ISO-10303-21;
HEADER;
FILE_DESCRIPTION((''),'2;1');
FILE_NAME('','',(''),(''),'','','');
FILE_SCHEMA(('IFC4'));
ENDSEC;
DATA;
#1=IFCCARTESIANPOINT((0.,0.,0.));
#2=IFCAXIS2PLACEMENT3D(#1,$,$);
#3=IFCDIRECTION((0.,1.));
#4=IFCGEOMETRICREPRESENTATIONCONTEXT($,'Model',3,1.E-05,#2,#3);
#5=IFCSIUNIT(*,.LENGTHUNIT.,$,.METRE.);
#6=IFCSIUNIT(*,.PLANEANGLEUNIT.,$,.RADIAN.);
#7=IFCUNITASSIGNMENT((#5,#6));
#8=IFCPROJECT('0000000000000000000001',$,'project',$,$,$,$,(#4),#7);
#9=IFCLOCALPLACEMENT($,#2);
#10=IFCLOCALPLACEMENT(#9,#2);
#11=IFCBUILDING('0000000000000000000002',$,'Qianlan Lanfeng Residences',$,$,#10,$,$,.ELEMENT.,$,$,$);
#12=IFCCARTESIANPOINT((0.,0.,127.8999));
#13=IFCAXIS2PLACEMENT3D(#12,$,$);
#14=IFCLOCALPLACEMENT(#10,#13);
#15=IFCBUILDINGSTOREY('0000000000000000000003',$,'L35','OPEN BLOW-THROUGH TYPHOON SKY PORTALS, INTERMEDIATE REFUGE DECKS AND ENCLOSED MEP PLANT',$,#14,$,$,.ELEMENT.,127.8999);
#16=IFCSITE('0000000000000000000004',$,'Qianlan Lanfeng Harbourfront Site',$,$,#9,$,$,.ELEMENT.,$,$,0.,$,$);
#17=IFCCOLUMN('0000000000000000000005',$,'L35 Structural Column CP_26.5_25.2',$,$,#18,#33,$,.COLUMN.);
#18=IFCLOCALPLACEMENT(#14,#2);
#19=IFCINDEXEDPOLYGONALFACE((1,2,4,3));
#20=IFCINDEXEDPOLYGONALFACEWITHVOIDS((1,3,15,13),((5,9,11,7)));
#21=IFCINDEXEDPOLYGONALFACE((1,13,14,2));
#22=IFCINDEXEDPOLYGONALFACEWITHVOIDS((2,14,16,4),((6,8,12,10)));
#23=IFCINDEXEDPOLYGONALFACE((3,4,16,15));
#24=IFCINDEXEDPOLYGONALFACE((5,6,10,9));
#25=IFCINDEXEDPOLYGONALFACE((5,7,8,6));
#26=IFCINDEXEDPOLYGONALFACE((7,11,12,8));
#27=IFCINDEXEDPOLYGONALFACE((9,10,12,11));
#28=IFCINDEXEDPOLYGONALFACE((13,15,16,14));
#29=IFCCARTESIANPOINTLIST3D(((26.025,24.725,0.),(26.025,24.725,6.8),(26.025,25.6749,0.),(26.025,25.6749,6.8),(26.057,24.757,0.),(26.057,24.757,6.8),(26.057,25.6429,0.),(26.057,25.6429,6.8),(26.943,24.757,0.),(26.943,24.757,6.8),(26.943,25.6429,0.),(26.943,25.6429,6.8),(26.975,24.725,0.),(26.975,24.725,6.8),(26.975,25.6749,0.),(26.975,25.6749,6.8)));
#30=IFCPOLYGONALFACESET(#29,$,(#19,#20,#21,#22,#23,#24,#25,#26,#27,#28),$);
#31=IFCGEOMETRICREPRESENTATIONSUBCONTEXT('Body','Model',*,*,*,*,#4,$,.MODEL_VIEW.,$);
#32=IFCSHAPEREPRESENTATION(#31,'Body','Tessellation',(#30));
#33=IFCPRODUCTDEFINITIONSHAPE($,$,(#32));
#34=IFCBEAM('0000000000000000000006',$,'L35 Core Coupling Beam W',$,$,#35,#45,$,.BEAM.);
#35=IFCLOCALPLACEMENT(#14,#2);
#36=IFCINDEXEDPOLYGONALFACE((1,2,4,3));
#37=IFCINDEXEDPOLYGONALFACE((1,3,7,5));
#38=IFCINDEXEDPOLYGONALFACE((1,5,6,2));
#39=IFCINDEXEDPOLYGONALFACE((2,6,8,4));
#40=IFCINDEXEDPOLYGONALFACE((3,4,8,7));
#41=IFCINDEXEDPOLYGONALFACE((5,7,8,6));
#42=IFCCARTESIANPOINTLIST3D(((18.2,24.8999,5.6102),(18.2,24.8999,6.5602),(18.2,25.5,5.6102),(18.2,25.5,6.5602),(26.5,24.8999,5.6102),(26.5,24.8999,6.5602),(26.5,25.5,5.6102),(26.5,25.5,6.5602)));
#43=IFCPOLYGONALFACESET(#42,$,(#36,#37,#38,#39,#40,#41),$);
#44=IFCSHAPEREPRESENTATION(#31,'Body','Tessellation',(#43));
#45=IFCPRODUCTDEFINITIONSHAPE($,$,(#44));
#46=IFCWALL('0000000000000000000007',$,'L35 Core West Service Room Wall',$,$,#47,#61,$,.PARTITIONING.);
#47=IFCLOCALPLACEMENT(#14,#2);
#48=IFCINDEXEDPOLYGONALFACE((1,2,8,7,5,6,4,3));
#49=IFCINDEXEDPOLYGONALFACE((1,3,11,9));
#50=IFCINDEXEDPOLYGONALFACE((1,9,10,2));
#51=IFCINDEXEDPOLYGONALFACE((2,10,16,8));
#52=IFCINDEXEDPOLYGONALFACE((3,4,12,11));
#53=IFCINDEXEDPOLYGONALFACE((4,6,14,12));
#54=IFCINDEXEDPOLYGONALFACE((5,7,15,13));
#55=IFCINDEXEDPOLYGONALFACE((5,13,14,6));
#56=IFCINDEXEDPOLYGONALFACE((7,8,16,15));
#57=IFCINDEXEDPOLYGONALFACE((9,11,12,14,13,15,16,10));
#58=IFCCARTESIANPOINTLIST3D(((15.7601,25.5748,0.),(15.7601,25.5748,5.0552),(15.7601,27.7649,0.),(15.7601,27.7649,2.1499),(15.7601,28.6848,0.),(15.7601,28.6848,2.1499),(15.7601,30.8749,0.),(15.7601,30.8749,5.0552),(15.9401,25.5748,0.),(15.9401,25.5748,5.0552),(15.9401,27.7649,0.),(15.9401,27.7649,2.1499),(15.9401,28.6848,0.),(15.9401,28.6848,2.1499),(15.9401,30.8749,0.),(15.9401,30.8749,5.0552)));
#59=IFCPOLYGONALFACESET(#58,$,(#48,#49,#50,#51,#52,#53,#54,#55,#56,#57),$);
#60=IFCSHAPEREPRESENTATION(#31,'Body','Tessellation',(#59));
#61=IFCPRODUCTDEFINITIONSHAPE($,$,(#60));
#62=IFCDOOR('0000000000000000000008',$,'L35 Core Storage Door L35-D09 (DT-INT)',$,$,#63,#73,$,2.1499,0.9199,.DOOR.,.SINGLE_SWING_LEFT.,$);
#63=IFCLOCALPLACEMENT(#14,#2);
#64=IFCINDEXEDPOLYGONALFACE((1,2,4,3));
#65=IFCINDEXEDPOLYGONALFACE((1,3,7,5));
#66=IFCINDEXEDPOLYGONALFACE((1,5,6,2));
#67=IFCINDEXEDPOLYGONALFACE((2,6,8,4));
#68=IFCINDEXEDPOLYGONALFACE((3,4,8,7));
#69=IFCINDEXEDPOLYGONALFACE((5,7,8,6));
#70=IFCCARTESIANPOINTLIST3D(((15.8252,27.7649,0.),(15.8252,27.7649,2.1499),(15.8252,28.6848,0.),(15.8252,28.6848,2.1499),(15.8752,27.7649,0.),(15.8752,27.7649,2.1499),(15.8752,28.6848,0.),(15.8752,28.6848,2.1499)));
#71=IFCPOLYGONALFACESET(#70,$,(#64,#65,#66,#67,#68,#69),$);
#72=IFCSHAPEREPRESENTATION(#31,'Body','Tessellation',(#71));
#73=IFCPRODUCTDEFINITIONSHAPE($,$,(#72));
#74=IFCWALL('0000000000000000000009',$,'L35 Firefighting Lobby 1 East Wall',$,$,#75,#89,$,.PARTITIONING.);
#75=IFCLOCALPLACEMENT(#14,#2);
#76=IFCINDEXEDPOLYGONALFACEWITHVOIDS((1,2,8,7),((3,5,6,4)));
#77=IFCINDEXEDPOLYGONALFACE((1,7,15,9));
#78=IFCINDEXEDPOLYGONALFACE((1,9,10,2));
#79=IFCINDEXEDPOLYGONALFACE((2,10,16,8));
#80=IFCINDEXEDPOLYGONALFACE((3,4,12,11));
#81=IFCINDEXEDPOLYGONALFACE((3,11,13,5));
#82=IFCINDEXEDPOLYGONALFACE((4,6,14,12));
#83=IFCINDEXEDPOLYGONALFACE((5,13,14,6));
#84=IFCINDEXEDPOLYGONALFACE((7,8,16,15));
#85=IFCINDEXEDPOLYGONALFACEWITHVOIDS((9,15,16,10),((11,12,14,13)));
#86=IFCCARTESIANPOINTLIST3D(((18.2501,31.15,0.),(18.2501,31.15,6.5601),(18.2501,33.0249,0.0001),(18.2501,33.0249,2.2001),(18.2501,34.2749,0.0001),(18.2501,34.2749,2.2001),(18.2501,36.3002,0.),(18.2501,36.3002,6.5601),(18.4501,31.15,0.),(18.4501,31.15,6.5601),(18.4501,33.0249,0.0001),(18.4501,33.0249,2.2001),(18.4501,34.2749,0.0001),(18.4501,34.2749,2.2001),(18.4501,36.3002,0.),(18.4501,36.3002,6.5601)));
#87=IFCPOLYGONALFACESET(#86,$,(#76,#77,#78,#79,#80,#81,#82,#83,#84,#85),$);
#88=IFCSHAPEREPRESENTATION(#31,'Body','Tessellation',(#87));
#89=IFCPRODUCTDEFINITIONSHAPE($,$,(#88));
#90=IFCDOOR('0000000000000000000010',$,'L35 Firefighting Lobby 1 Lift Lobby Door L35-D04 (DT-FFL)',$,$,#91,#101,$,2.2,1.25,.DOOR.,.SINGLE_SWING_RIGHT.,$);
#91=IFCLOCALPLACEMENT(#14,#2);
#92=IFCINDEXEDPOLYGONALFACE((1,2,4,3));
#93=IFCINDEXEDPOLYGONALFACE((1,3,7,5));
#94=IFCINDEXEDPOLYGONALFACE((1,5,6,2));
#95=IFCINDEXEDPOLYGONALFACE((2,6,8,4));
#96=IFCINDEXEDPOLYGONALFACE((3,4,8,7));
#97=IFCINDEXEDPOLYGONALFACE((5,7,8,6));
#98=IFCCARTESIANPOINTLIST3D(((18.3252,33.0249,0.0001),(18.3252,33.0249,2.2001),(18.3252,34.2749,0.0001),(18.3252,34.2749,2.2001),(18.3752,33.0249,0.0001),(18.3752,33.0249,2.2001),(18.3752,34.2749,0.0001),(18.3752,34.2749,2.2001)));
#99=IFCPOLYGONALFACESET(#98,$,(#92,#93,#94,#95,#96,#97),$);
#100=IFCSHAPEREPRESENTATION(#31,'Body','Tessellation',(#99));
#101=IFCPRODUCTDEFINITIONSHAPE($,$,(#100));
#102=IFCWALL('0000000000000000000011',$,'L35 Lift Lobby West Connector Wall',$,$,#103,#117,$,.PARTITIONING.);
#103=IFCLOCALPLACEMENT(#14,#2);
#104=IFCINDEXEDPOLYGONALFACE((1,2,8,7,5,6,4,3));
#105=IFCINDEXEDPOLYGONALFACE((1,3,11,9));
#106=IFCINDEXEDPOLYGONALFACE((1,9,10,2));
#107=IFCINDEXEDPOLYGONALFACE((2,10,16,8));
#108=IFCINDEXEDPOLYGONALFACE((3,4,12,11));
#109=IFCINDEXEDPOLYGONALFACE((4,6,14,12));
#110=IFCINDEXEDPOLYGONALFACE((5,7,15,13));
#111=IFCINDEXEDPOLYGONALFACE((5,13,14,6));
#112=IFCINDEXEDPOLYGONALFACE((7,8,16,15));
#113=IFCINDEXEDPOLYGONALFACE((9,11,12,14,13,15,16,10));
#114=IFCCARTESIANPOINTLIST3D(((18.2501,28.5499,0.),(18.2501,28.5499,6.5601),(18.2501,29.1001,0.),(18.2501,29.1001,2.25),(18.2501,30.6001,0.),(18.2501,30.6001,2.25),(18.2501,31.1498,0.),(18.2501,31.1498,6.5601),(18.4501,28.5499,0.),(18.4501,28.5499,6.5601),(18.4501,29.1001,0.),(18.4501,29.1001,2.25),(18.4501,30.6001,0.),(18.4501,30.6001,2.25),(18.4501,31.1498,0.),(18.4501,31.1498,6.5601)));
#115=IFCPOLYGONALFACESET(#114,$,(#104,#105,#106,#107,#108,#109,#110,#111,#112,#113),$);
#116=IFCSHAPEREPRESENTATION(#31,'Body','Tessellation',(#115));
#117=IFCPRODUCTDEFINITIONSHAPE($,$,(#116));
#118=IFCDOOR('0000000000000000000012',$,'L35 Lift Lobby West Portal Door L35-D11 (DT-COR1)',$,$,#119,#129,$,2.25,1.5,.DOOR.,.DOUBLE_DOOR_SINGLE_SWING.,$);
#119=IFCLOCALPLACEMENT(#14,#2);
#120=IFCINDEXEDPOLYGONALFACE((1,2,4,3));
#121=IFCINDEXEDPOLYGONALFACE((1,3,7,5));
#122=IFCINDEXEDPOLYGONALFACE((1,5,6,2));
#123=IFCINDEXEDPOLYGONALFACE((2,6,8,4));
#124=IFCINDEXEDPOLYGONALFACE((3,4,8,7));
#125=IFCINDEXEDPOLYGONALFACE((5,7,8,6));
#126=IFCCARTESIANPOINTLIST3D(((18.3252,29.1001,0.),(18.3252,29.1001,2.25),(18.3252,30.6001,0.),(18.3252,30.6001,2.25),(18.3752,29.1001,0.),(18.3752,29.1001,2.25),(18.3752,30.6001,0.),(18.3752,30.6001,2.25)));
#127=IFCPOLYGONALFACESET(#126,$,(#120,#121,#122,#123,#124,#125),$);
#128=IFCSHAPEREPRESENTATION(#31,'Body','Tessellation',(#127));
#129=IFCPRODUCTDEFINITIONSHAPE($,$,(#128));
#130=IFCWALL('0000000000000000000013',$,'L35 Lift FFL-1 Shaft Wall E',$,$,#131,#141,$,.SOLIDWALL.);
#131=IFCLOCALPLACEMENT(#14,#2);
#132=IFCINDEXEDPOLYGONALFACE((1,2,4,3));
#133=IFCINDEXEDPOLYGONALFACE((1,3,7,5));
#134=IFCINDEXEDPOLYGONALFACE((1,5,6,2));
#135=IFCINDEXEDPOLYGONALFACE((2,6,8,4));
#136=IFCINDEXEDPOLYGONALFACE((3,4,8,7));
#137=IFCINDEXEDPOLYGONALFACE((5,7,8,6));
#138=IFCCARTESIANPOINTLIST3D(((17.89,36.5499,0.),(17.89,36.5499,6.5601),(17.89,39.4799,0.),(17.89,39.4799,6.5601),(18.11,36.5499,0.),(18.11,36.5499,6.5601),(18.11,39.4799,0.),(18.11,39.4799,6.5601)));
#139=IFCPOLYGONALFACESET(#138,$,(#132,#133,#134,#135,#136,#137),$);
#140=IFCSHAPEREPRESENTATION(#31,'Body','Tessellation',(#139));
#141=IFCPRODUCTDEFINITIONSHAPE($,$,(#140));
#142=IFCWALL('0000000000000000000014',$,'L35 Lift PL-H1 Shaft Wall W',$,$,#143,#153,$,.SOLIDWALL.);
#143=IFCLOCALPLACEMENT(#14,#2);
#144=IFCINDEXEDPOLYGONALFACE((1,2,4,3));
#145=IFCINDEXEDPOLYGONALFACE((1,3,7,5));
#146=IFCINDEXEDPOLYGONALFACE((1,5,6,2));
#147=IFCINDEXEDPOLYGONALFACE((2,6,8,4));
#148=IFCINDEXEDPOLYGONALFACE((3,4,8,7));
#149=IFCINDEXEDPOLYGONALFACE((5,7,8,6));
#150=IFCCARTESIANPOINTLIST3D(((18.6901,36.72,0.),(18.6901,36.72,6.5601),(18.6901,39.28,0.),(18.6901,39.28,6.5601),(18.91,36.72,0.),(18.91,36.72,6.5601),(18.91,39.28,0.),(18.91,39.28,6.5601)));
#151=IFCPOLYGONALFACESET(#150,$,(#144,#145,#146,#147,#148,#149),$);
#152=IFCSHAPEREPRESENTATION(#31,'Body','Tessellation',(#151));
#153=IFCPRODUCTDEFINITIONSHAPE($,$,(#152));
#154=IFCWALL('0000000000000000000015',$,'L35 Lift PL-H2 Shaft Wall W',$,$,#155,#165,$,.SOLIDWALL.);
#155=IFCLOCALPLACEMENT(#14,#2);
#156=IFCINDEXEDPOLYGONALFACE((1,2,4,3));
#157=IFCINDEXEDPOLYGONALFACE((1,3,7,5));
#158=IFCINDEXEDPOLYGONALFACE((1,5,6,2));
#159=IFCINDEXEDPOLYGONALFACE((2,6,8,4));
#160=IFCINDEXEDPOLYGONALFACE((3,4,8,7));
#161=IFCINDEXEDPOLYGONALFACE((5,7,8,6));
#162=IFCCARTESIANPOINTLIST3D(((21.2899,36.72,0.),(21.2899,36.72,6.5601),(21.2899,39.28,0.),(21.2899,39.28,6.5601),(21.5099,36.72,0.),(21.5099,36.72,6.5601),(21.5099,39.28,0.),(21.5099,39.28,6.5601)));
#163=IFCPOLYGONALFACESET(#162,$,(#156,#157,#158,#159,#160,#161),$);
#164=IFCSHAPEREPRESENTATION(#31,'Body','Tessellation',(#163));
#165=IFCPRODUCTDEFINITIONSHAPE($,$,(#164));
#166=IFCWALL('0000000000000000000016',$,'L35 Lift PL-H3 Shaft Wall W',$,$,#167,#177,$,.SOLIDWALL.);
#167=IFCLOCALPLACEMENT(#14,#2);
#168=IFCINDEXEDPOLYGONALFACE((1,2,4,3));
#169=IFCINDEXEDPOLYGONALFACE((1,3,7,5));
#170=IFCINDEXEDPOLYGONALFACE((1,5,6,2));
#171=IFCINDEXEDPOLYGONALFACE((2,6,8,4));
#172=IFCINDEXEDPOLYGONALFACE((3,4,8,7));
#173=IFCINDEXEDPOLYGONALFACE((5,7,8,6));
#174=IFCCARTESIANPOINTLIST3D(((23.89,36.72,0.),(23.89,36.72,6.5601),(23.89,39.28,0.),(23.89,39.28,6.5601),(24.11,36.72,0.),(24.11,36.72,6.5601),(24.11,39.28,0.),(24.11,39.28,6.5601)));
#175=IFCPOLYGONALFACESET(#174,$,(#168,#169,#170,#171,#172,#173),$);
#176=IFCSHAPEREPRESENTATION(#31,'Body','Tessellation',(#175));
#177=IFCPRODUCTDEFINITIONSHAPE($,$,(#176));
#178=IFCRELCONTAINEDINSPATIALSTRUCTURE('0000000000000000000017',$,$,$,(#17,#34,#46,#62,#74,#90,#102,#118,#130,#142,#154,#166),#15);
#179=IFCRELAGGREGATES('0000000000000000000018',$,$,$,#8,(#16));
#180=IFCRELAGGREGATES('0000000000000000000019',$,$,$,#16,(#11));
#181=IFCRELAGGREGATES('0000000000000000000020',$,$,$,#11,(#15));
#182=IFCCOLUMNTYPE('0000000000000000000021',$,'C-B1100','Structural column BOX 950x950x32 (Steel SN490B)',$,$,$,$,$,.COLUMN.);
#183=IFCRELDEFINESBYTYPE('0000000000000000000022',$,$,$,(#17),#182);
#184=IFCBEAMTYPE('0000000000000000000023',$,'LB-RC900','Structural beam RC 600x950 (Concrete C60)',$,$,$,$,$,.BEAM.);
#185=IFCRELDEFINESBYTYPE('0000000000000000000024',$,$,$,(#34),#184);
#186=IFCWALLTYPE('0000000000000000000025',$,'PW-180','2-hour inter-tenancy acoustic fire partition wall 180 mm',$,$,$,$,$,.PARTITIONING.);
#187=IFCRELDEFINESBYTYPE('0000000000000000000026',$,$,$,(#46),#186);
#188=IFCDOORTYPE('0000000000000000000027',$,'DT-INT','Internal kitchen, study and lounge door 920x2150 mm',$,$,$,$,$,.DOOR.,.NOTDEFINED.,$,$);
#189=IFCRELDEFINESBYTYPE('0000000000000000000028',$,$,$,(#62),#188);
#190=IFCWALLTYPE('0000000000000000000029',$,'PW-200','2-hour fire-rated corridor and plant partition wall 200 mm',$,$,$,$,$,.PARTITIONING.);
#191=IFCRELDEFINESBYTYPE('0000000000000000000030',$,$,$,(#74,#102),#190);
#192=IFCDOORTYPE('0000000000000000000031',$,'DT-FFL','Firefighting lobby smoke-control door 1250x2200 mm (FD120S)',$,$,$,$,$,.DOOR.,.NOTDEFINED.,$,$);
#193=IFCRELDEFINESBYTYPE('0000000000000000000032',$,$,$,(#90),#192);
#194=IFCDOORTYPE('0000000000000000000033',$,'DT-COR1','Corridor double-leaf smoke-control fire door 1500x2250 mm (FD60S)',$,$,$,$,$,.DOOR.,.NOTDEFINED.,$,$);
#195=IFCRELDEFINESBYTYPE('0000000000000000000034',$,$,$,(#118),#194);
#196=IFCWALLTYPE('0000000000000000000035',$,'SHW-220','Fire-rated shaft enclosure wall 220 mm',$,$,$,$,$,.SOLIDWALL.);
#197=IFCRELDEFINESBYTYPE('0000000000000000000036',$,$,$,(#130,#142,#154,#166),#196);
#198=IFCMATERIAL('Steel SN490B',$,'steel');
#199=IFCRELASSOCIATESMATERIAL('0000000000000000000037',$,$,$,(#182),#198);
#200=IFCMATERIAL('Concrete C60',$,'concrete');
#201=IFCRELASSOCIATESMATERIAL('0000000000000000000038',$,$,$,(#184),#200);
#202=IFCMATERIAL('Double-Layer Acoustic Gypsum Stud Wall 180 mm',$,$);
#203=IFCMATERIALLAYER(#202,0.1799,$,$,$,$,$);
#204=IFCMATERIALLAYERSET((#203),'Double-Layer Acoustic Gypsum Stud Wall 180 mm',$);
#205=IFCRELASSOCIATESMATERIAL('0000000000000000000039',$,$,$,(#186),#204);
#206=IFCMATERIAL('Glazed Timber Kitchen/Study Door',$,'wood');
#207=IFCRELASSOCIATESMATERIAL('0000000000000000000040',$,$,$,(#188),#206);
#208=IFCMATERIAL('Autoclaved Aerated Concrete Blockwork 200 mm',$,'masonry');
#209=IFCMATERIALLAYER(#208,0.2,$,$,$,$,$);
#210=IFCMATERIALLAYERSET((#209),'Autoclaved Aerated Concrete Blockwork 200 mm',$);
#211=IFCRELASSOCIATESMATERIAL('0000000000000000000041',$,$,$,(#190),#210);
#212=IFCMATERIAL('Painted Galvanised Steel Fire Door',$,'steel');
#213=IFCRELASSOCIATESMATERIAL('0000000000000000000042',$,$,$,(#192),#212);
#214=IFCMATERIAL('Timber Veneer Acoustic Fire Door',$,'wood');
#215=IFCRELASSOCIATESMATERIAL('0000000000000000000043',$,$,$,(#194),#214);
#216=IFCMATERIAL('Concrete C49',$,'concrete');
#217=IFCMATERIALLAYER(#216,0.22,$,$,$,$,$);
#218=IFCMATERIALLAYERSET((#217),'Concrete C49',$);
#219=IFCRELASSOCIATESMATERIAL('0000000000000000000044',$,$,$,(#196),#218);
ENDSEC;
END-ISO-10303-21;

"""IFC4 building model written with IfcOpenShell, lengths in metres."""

from ifc_helpers import new_model, si_unit, direction, frame, frame_2d, origin, origin_2d, place, context, subcontext, project, spatial, rectangle, hollow_rectangle, extrude, material, layer, layer_set, material_profile, profile_set, type_object, element, fill, save


model = new_model("IFC4")

# Units and contexts
model_context = context("Model", 3, precision=1e-05, world=origin(), true_north=direction((0.0, 1.0)))
body_context = subcontext(model_context, "Body", "Model", "MODEL_VIEW")
ifc_project = project(units=[si_unit("LENGTHUNIT", "METRE"), si_unit("PLANEANGLEUNIT", "RADIAN")], contexts=[model_context])

# Site, building, storey
site_placement = place(None, origin())
site = spatial("IfcSite", under=ifc_project, at=site_placement, Name="Qianlan Lanfeng Harbourfront Site", CompositionType="ELEMENT", RefElevation=0.0)
building_placement = place(site_placement, origin())
building = spatial("IfcBuilding", under=site, at=building_placement, Name="Qianlan Lanfeng Residences", CompositionType="ELEMENT")
storey_placement = place(building_placement, frame((0.0, 0.0, 127.8999)))
storey = spatial("IfcBuildingStorey", under=building, at=storey_placement, Name="L35", Description="OPEN BLOW-THROUGH TYPHOON SKY PORTALS, INTERMEDIATE REFUGE DECKS AND ENCLOSED MEP PLANT", CompositionType="ELEMENT", Elevation=127.8999)

# Column
ifc_material_1 = material(Name="Steel SN490B", Category="steel")
ifc_material_profile_1 = material_profile(ifc_material_1, hollow_rectangle(XDim=0.95, YDim=0.95, WallThickness=0.032, at=origin_2d()), Name="BOX 950x950x32")
ifc_profile_set_1 = profile_set([ifc_material_profile_1], Name="Steel SN490B")
column_type = type_object("IfcColumnType", Name="C-B1100", Description="Structural column BOX 950x950x32 (Steel SN490B)", PredefinedType="COLUMN", material=ifc_profile_set_1)
column_placement = place(storey_placement, frame((26.5, 25.2, 0.0), z_axis=(0.0, 0.0, 1.0), x_axis=(1.0, 0.0, 0.0)))
element("IfcColumn", 1, at=column_placement, inside=storey, type_object=column_type, Name="L35 Structural Column CP_26.5_25.2", PredefinedType="COLUMN", context=body_context, shape_type="SweptSolid", body=[
    extrude(hollow_rectangle(XDim=0.95, YDim=0.95, WallThickness=0.032, at=origin_2d()), origin(), (0.0, 0.0, 1.0), 6.8),
])

# Beam
ifc_material_2 = material(Name="Concrete C60", Category="concrete")
ifc_material_profile_2 = material_profile(ifc_material_2, rectangle(XDim=0.6001, YDim=0.95, at=origin_2d()), Name="RC 600x950")
ifc_profile_set_2 = profile_set([ifc_material_profile_2], Name="Concrete C60")
beam_type = type_object("IfcBeamType", Name="LB-RC900", Description="Structural beam RC 600x950 (Concrete C60)", PredefinedType="BEAM", material=ifc_profile_set_2)
beam_placement = place(storey_placement, frame((18.2, 25.2, 6.0852), z_axis=(1.0, 0.0, 0.0), x_axis=(0.0, 1.0, 0.0)))
element("IfcBeam", 2, at=beam_placement, inside=storey, type_object=beam_type, Name="L35 Core Coupling Beam W", PredefinedType="BEAM", context=body_context, shape_type="SweptSolid", body=[
    extrude(rectangle(XDim=0.6001, YDim=0.95, at=origin_2d()), origin(), (0.0, 0.0, 1.0), 8.3),
])

# Walls, openings, doors
ifc_material_3 = material(Name="Double-Layer Acoustic Gypsum Stud Wall 180 mm")
ifc_layer_1 = layer(ifc_material_3, 0.1799)
ifc_layer_set_1 = layer_set([ifc_layer_1], Name="Double-Layer Acoustic Gypsum Stud Wall 180 mm")
wall_type_1 = type_object("IfcWallType", Name="PW-180", Description="2-hour inter-tenancy acoustic fire partition wall 180 mm", PredefinedType="PARTITIONING", material=ifc_layer_set_1)
wall_1_placement = place(storey_placement, frame((15.8501, 25.575, 0.0), z_axis=(0.0, 0.0, 1.0), x_axis=(0.0, 1.0, 0.0)))
wall_1 = element("IfcWall", 3, at=wall_1_placement, inside=storey, type_object=wall_type_1, Name="L35 Core West Service Room Wall", PredefinedType="PARTITIONING", context=body_context, shape_type="SweptSolid", body=[
    extrude(rectangle(XDim=5.3, YDim=0.1799, at=frame_2d((2.6499, 0.0))), origin(), (0.0, 0.0, 1.0), 5.0552),
])
opening_1_placement = place(wall_1_placement, frame((2.1899, 0.0, 0.0)))
opening_1 = element("IfcOpeningElement", 4, at=opening_1_placement, cuts=wall_1, PredefinedType="OPENING", context=body_context, shape_type="SweptSolid", body=[
    extrude(rectangle(XDim=0.9199, YDim=2.1499, at=frame_2d((0.46, 1.075))), frame((0.0, 0.1001, 0.0), z_axis=(0.0, -1.0, 0.0), x_axis=(1.0, 0.0, 0.0)), (0.0, 0.0, 1.0), 0.2),
])
ifc_material_4 = material(Name="Glazed Timber Kitchen/Study Door", Category="wood")
door_type_1 = type_object("IfcDoorType", Name="DT-INT", Description="Internal kitchen, study and lounge door 920x2150 mm", OperationType="NOTDEFINED", PredefinedType="DOOR", material=ifc_material_4)
door_1_placement = place(opening_1_placement, origin())
door_1 = element("IfcDoor", 5, at=door_1_placement, inside=storey, type_object=door_type_1, Name="L35 Core Storage Door L35-D09 (DT-INT)", OperationType="SINGLE_SWING_LEFT", OverallHeight=2.1499, OverallWidth=0.9199, PredefinedType="DOOR", context=body_context, shape_type="SweptSolid", body=[
    extrude(rectangle(XDim=0.9199, YDim=2.1499, at=frame_2d((0.46, 1.075))), frame((0.0, 0.0249, 0.0), z_axis=(0.0, -1.0, 0.0), x_axis=(1.0, 0.0, 0.0)), (0.0, 0.0, 1.0), 0.05),
])
fill(opening_1, door_1)
ifc_material_5 = material(Name="Autoclaved Aerated Concrete Blockwork 200 mm", Category="masonry")
ifc_layer_2 = layer(ifc_material_5, 0.2)
ifc_layer_set_2 = layer_set([ifc_layer_2], Name="Autoclaved Aerated Concrete Blockwork 200 mm")
wall_type_2 = type_object("IfcWallType", Name="PW-200", Description="2-hour fire-rated corridor and plant partition wall 200 mm", PredefinedType="PARTITIONING", material=ifc_layer_set_2)
wall_2_placement = place(storey_placement, frame((18.3501, 31.1499, 0.0), z_axis=(0.0, 0.0, 1.0), x_axis=(0.0, 1.0, 0.0)))
wall_2 = element("IfcWall", 6, at=wall_2_placement, inside=storey, type_object=wall_type_2, Name="L35 Firefighting Lobby 1 East Wall", PredefinedType="PARTITIONING", context=body_context, shape_type="SweptSolid", body=[
    extrude(rectangle(XDim=5.1501, YDim=0.2, at=frame_2d((2.5752, 0.0))), origin(), (0.0, 0.0, 1.0), 6.5601),
])
opening_2_placement = place(wall_2_placement, frame((1.875, 0.0, 0.0)))
opening_2 = element("IfcOpeningElement", 7, at=opening_2_placement, cuts=wall_2, PredefinedType="OPENING", context=body_context, shape_type="SweptSolid", body=[
    extrude(rectangle(XDim=1.25, YDim=2.2, at=frame_2d((0.625, 1.1001))), frame((0.0, 0.1099, 0.0), z_axis=(0.0, -1.0, 0.0), x_axis=(1.0, 0.0, 0.0)), (0.0, 0.0, 1.0), 0.22),
])
ifc_material_6 = material(Name="Painted Galvanised Steel Fire Door", Category="steel")
door_type_2 = type_object("IfcDoorType", Name="DT-FFL", Description="Firefighting lobby smoke-control door 1250x2200 mm (FD120S)", OperationType="NOTDEFINED", PredefinedType="DOOR", material=ifc_material_6)
door_2_placement = place(opening_2_placement, origin())
door_2 = element("IfcDoor", 8, at=door_2_placement, inside=storey, type_object=door_type_2, Name="L35 Firefighting Lobby 1 Lift Lobby Door L35-D04 (DT-FFL)", OperationType="SINGLE_SWING_RIGHT", OverallHeight=2.2, OverallWidth=1.25, PredefinedType="DOOR", context=body_context, shape_type="SweptSolid", body=[
    extrude(rectangle(XDim=1.25, YDim=2.2, at=frame_2d((0.625, 1.1001))), frame((0.0, 0.0249, 0.0), z_axis=(0.0, -1.0, 0.0), x_axis=(1.0, 0.0, 0.0)), (0.0, 0.0, 1.0), 0.05),
])
fill(opening_2, door_2)
wall_3_placement = place(storey_placement, frame((18.3501, 28.55, 0.0), z_axis=(0.0, 0.0, 1.0), x_axis=(0.0, 1.0, 0.0)))
wall_3 = element("IfcWall", 9, at=wall_3_placement, inside=storey, type_object=wall_type_2, Name="L35 Lift Lobby West Connector Wall", PredefinedType="PARTITIONING", context=body_context, shape_type="SweptSolid", body=[
    extrude(rectangle(XDim=2.5999, YDim=0.2, at=frame_2d((1.2998, 0.0))), origin(), (0.0, 0.0, 1.0), 6.5601),
])
opening_3_placement = place(wall_3_placement, frame((0.55, 0.0, 0.0)))
opening_3 = element("IfcOpeningElement", 10, at=opening_3_placement, cuts=wall_3, PredefinedType="OPENING", context=body_context, shape_type="SweptSolid", body=[
    extrude(rectangle(XDim=1.5, YDim=2.25, at=frame_2d((0.75, 1.125))), frame((0.0, 0.1099, 0.0), z_axis=(0.0, -1.0, 0.0), x_axis=(1.0, 0.0, 0.0)), (0.0, 0.0, 1.0), 0.22),
])
ifc_material_7 = material(Name="Timber Veneer Acoustic Fire Door", Category="wood")
door_type_3 = type_object("IfcDoorType", Name="DT-COR1", Description="Corridor double-leaf smoke-control fire door 1500x2250 mm (FD60S)", OperationType="NOTDEFINED", PredefinedType="DOOR", material=ifc_material_7)
door_3_placement = place(opening_3_placement, origin())
door_3 = element("IfcDoor", 11, at=door_3_placement, inside=storey, type_object=door_type_3, Name="L35 Lift Lobby West Portal Door L35-D11 (DT-COR1)", OperationType="DOUBLE_DOOR_SINGLE_SWING", OverallHeight=2.25, OverallWidth=1.5, PredefinedType="DOOR", context=body_context, shape_type="SweptSolid", body=[
    extrude(rectangle(XDim=1.5, YDim=2.25, at=frame_2d((0.75, 1.125))), frame((0.0, 0.0249, 0.0), z_axis=(0.0, -1.0, 0.0), x_axis=(1.0, 0.0, 0.0)), (0.0, 0.0, 1.0), 0.05),
])
fill(opening_3, door_3)

# Walls
ifc_material_8 = material(Name="Concrete C49", Category="concrete")
ifc_layer_3 = layer(ifc_material_8, 0.22)
ifc_layer_set_3 = layer_set([ifc_layer_3], Name="Concrete C49")
wall_type_3 = type_object("IfcWallType", Name="SHW-220", Description="Fire-rated shaft enclosure wall 220 mm", PredefinedType="SOLIDWALL", material=ifc_layer_set_3)
wall_4_placement = place(storey_placement, frame((18.0, 36.55, 0.0), z_axis=(0.0, 0.0, 1.0), x_axis=(0.0, 1.0, 0.0)))
element("IfcWall", 12, at=wall_4_placement, inside=storey, type_object=wall_type_3, Name="L35 Lift FFL-1 Shaft Wall E", PredefinedType="SOLIDWALL", context=body_context, shape_type="SweptSolid", body=[
    extrude(rectangle(XDim=2.9299, YDim=0.22, at=frame_2d((1.4648, 0.0))), origin(), (0.0, 0.0, 1.0), 6.5601),
])
for number, where, z_axis, x_axis, name in (
    (13, (18.8, 36.72, 0.0), (0.0, 0.0, 1.0), (0.0, 1.0, 0.0), "L35 Lift PL-H1 Shaft Wall W"),
    (14, (21.3999, 36.72, 0.0), (0.0, 0.0, 1.0), (0.0, 1.0, 0.0), "L35 Lift PL-H2 Shaft Wall W"),
    (15, (24.0, 36.72, 0.0), (0.0, 0.0, 1.0), (0.0, 1.0, 0.0), "L35 Lift PL-H3 Shaft Wall W"),
):
    element("IfcWall", number, at=place(storey_placement, frame(where, z_axis=z_axis, x_axis=x_axis)), inside=storey, type_object=wall_type_3, Name=name, PredefinedType="SOLIDWALL", context=body_context, shape_type="SweptSolid", body=[
        extrude(rectangle(XDim=2.5601, YDim=0.22, at=frame_2d((1.28, 0.0))), origin(), (0.0, 0.0, 1.0), 6.5601),
    ])

save(model, "model.ifc")
